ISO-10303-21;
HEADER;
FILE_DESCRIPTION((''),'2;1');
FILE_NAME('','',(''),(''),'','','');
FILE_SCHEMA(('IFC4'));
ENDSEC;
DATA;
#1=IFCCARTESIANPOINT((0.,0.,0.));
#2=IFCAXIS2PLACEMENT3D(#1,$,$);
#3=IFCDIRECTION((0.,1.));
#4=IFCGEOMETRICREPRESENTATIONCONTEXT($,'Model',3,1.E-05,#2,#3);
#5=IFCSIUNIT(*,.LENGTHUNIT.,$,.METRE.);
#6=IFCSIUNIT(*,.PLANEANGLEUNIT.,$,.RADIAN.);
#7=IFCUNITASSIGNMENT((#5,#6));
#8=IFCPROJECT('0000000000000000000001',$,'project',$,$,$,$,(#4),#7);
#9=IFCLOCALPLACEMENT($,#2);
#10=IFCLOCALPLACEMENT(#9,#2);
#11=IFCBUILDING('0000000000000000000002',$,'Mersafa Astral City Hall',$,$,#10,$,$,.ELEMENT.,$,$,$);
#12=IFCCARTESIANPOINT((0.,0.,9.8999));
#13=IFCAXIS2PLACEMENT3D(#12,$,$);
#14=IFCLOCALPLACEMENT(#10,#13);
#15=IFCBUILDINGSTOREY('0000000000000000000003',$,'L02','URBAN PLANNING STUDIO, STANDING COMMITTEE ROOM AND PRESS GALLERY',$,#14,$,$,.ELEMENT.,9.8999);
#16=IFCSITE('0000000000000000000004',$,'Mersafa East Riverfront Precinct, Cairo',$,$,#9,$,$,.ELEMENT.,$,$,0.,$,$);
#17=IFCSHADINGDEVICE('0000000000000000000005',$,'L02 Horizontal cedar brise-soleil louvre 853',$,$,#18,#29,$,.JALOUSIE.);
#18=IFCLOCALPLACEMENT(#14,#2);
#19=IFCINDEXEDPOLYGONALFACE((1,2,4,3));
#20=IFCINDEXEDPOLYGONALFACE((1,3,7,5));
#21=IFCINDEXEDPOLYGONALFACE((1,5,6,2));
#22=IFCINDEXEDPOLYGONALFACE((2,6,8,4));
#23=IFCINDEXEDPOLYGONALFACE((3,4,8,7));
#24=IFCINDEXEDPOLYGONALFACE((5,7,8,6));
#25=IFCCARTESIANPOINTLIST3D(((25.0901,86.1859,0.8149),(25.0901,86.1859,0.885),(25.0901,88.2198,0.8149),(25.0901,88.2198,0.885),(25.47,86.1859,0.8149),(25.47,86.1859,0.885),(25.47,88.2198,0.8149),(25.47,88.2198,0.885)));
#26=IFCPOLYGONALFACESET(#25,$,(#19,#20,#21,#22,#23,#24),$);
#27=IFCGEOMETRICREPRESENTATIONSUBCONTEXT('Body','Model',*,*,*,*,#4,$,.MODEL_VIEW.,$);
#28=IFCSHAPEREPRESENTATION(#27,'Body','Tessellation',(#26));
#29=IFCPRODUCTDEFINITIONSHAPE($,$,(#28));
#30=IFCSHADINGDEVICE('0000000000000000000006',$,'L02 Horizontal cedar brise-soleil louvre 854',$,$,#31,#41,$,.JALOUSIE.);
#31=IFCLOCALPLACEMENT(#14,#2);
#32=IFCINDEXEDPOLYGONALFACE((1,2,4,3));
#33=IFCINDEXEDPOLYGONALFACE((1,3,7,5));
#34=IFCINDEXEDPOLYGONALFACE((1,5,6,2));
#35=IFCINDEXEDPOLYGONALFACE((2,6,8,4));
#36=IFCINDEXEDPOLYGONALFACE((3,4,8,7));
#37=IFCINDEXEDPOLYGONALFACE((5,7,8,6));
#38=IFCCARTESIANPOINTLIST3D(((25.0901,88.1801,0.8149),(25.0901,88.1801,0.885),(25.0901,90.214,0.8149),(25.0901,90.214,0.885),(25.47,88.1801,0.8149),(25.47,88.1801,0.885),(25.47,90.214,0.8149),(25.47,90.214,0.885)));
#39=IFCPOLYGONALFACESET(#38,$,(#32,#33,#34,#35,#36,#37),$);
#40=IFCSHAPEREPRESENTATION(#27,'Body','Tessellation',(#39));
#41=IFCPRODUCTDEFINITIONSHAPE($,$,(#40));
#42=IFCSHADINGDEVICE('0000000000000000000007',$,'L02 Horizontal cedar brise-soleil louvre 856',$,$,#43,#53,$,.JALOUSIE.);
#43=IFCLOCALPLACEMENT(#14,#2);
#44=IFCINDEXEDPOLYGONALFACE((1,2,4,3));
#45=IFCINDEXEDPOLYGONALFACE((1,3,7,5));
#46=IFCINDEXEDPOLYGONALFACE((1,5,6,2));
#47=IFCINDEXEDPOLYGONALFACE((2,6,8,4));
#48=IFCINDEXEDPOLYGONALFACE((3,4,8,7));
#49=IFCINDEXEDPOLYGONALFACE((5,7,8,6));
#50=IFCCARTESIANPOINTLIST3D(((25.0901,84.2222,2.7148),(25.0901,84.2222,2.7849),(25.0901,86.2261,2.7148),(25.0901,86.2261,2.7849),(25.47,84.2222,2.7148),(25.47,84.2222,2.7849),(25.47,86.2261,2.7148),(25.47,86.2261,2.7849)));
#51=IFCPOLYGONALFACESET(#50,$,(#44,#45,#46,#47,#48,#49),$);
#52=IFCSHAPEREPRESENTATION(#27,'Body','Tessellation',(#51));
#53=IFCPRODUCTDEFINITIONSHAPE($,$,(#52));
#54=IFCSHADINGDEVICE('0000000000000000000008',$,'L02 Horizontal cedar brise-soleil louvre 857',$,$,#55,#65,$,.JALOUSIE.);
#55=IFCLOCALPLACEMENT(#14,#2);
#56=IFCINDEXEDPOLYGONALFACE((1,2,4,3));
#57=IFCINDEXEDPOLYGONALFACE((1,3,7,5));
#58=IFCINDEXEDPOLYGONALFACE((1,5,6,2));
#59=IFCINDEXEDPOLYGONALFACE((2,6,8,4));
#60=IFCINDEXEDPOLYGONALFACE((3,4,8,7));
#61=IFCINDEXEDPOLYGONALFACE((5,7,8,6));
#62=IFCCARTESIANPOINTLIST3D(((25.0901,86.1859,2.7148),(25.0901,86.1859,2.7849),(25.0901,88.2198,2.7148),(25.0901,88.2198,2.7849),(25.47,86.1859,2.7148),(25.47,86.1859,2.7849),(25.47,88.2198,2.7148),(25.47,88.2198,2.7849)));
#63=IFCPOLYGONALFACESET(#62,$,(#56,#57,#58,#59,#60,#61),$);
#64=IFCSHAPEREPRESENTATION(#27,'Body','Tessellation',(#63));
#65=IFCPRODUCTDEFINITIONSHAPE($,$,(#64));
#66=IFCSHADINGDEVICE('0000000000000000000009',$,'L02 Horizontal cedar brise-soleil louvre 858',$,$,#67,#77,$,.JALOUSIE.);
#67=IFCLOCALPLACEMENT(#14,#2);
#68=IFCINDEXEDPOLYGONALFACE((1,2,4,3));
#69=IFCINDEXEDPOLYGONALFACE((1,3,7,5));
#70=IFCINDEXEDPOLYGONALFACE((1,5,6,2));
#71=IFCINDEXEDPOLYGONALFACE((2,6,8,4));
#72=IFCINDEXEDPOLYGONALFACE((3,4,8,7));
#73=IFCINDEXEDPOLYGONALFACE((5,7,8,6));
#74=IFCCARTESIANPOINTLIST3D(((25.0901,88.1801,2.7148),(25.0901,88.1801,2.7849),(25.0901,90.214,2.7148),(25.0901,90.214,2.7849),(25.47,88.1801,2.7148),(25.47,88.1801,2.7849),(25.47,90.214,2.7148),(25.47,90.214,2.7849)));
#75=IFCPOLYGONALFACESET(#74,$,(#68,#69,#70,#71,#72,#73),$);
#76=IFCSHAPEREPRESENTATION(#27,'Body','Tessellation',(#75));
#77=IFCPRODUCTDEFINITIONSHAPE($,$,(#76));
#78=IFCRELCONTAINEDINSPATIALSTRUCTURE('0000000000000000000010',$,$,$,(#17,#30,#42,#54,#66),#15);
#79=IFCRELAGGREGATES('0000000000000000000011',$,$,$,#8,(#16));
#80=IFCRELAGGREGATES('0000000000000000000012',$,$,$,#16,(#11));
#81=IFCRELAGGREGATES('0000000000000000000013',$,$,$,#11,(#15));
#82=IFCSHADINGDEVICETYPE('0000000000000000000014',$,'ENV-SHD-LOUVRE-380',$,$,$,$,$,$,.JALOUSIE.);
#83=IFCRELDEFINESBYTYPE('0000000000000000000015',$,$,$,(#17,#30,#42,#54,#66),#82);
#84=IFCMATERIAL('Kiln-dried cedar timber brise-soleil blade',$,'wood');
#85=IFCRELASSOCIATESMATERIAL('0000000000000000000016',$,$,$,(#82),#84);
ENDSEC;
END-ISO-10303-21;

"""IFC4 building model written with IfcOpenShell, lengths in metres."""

from ifc_helpers import new_model, si_unit, direction, frame, origin, origin_2d, place, context, subcontext, project, spatial, rectangle, extrude, material, type_object, element, save


model = new_model("IFC4")

# Units and contexts
model_context = context("Model", 3, precision=1e-05, world=origin(), true_north=direction((0.0, 1.0)))
body_context = subcontext(model_context, "Body", "Model", "MODEL_VIEW")
ifc_project = project(units=[si_unit("LENGTHUNIT", "METRE"), si_unit("PLANEANGLEUNIT", "RADIAN")], contexts=[model_context])

# Site, building, storey
site_placement = place(None, origin())
site = spatial("IfcSite", under=ifc_project, at=site_placement, Name="Mersafa East Riverfront Precinct, Cairo", CompositionType="ELEMENT", RefElevation=0.0)
building_placement = place(site_placement, origin())
building = spatial("IfcBuilding", under=site, at=building_placement, Name="Mersafa Astral City Hall", CompositionType="ELEMENT")
storey_placement = place(building_placement, frame((0.0, 0.0, 9.8999)))
storey = spatial("IfcBuildingStorey", under=building, at=storey_placement, Name="L02", Description="URBAN PLANNING STUDIO, STANDING COMMITTEE ROOM AND PRESS GALLERY", CompositionType="ELEMENT", Elevation=9.8999)

# Shading devices
ifc_material_1 = material(Name="Kiln-dried cedar timber brise-soleil blade", Category="wood")
shading_device_type = type_object("IfcShadingDeviceType", Name="ENV-SHD-LOUVRE-380", PredefinedType="JALOUSIE", material=ifc_material_1)
for number, where, z_axis, x_axis, name in (
    (1, (25.28, 87.2029, 0.8149), (0.0, 0.0, 1.0), (0.0, 1.0, 0.0), "L02 Horizontal cedar brise-soleil louvre 853"),
    (2, (25.28, 89.197, 0.8149), (0.0, 0.0, 1.0), (0.0, 1.0, 0.0), "L02 Horizontal cedar brise-soleil louvre 854"),
):
    element("IfcShadingDevice", number, at=place(storey_placement, frame(where, z_axis=z_axis, x_axis=x_axis)), inside=storey, type_object=shading_device_type, Name=name, PredefinedType="JALOUSIE", context=body_context, shape_type="SweptSolid", body=[
        extrude(rectangle(XDim=2.0339, YDim=0.3799, at=origin_2d()), origin(), (0.0, 0.0, 1.0), 0.0701),
    ])
shading_device_1_placement = place(storey_placement, frame((25.28, 85.2241, 2.7148), z_axis=(0.0, 0.0, 1.0), x_axis=(0.0, 1.0, 0.0)))
element("IfcShadingDevice", 3, at=shading_device_1_placement, inside=storey, type_object=shading_device_type, Name="L02 Horizontal cedar brise-soleil louvre 856", PredefinedType="JALOUSIE", context=body_context, shape_type="SweptSolid", body=[
    extrude(rectangle(XDim=2.0039, YDim=0.3799, at=origin_2d()), origin(), (0.0, 0.0, 1.0), 0.0701),
])
for number, where, z_axis, x_axis, name in (
    (4, (25.28, 87.2029, 2.7148), (0.0, 0.0, 1.0), (0.0, 1.0, 0.0), "L02 Horizontal cedar brise-soleil louvre 857"),
    (5, (25.28, 89.197, 2.7148), (0.0, 0.0, 1.0), (0.0, 1.0, 0.0), "L02 Horizontal cedar brise-soleil louvre 858"),
):
    element("IfcShadingDevice", number, at=place(storey_placement, frame(where, z_axis=z_axis, x_axis=x_axis)), inside=storey, type_object=shading_device_type, Name=name, PredefinedType="JALOUSIE", context=body_context, shape_type="SweptSolid", body=[
        extrude(rectangle(XDim=2.0339, YDim=0.3799, at=origin_2d()), origin(), (0.0, 0.0, 1.0), 0.0701),
    ])

save(model, "model.ifc")
